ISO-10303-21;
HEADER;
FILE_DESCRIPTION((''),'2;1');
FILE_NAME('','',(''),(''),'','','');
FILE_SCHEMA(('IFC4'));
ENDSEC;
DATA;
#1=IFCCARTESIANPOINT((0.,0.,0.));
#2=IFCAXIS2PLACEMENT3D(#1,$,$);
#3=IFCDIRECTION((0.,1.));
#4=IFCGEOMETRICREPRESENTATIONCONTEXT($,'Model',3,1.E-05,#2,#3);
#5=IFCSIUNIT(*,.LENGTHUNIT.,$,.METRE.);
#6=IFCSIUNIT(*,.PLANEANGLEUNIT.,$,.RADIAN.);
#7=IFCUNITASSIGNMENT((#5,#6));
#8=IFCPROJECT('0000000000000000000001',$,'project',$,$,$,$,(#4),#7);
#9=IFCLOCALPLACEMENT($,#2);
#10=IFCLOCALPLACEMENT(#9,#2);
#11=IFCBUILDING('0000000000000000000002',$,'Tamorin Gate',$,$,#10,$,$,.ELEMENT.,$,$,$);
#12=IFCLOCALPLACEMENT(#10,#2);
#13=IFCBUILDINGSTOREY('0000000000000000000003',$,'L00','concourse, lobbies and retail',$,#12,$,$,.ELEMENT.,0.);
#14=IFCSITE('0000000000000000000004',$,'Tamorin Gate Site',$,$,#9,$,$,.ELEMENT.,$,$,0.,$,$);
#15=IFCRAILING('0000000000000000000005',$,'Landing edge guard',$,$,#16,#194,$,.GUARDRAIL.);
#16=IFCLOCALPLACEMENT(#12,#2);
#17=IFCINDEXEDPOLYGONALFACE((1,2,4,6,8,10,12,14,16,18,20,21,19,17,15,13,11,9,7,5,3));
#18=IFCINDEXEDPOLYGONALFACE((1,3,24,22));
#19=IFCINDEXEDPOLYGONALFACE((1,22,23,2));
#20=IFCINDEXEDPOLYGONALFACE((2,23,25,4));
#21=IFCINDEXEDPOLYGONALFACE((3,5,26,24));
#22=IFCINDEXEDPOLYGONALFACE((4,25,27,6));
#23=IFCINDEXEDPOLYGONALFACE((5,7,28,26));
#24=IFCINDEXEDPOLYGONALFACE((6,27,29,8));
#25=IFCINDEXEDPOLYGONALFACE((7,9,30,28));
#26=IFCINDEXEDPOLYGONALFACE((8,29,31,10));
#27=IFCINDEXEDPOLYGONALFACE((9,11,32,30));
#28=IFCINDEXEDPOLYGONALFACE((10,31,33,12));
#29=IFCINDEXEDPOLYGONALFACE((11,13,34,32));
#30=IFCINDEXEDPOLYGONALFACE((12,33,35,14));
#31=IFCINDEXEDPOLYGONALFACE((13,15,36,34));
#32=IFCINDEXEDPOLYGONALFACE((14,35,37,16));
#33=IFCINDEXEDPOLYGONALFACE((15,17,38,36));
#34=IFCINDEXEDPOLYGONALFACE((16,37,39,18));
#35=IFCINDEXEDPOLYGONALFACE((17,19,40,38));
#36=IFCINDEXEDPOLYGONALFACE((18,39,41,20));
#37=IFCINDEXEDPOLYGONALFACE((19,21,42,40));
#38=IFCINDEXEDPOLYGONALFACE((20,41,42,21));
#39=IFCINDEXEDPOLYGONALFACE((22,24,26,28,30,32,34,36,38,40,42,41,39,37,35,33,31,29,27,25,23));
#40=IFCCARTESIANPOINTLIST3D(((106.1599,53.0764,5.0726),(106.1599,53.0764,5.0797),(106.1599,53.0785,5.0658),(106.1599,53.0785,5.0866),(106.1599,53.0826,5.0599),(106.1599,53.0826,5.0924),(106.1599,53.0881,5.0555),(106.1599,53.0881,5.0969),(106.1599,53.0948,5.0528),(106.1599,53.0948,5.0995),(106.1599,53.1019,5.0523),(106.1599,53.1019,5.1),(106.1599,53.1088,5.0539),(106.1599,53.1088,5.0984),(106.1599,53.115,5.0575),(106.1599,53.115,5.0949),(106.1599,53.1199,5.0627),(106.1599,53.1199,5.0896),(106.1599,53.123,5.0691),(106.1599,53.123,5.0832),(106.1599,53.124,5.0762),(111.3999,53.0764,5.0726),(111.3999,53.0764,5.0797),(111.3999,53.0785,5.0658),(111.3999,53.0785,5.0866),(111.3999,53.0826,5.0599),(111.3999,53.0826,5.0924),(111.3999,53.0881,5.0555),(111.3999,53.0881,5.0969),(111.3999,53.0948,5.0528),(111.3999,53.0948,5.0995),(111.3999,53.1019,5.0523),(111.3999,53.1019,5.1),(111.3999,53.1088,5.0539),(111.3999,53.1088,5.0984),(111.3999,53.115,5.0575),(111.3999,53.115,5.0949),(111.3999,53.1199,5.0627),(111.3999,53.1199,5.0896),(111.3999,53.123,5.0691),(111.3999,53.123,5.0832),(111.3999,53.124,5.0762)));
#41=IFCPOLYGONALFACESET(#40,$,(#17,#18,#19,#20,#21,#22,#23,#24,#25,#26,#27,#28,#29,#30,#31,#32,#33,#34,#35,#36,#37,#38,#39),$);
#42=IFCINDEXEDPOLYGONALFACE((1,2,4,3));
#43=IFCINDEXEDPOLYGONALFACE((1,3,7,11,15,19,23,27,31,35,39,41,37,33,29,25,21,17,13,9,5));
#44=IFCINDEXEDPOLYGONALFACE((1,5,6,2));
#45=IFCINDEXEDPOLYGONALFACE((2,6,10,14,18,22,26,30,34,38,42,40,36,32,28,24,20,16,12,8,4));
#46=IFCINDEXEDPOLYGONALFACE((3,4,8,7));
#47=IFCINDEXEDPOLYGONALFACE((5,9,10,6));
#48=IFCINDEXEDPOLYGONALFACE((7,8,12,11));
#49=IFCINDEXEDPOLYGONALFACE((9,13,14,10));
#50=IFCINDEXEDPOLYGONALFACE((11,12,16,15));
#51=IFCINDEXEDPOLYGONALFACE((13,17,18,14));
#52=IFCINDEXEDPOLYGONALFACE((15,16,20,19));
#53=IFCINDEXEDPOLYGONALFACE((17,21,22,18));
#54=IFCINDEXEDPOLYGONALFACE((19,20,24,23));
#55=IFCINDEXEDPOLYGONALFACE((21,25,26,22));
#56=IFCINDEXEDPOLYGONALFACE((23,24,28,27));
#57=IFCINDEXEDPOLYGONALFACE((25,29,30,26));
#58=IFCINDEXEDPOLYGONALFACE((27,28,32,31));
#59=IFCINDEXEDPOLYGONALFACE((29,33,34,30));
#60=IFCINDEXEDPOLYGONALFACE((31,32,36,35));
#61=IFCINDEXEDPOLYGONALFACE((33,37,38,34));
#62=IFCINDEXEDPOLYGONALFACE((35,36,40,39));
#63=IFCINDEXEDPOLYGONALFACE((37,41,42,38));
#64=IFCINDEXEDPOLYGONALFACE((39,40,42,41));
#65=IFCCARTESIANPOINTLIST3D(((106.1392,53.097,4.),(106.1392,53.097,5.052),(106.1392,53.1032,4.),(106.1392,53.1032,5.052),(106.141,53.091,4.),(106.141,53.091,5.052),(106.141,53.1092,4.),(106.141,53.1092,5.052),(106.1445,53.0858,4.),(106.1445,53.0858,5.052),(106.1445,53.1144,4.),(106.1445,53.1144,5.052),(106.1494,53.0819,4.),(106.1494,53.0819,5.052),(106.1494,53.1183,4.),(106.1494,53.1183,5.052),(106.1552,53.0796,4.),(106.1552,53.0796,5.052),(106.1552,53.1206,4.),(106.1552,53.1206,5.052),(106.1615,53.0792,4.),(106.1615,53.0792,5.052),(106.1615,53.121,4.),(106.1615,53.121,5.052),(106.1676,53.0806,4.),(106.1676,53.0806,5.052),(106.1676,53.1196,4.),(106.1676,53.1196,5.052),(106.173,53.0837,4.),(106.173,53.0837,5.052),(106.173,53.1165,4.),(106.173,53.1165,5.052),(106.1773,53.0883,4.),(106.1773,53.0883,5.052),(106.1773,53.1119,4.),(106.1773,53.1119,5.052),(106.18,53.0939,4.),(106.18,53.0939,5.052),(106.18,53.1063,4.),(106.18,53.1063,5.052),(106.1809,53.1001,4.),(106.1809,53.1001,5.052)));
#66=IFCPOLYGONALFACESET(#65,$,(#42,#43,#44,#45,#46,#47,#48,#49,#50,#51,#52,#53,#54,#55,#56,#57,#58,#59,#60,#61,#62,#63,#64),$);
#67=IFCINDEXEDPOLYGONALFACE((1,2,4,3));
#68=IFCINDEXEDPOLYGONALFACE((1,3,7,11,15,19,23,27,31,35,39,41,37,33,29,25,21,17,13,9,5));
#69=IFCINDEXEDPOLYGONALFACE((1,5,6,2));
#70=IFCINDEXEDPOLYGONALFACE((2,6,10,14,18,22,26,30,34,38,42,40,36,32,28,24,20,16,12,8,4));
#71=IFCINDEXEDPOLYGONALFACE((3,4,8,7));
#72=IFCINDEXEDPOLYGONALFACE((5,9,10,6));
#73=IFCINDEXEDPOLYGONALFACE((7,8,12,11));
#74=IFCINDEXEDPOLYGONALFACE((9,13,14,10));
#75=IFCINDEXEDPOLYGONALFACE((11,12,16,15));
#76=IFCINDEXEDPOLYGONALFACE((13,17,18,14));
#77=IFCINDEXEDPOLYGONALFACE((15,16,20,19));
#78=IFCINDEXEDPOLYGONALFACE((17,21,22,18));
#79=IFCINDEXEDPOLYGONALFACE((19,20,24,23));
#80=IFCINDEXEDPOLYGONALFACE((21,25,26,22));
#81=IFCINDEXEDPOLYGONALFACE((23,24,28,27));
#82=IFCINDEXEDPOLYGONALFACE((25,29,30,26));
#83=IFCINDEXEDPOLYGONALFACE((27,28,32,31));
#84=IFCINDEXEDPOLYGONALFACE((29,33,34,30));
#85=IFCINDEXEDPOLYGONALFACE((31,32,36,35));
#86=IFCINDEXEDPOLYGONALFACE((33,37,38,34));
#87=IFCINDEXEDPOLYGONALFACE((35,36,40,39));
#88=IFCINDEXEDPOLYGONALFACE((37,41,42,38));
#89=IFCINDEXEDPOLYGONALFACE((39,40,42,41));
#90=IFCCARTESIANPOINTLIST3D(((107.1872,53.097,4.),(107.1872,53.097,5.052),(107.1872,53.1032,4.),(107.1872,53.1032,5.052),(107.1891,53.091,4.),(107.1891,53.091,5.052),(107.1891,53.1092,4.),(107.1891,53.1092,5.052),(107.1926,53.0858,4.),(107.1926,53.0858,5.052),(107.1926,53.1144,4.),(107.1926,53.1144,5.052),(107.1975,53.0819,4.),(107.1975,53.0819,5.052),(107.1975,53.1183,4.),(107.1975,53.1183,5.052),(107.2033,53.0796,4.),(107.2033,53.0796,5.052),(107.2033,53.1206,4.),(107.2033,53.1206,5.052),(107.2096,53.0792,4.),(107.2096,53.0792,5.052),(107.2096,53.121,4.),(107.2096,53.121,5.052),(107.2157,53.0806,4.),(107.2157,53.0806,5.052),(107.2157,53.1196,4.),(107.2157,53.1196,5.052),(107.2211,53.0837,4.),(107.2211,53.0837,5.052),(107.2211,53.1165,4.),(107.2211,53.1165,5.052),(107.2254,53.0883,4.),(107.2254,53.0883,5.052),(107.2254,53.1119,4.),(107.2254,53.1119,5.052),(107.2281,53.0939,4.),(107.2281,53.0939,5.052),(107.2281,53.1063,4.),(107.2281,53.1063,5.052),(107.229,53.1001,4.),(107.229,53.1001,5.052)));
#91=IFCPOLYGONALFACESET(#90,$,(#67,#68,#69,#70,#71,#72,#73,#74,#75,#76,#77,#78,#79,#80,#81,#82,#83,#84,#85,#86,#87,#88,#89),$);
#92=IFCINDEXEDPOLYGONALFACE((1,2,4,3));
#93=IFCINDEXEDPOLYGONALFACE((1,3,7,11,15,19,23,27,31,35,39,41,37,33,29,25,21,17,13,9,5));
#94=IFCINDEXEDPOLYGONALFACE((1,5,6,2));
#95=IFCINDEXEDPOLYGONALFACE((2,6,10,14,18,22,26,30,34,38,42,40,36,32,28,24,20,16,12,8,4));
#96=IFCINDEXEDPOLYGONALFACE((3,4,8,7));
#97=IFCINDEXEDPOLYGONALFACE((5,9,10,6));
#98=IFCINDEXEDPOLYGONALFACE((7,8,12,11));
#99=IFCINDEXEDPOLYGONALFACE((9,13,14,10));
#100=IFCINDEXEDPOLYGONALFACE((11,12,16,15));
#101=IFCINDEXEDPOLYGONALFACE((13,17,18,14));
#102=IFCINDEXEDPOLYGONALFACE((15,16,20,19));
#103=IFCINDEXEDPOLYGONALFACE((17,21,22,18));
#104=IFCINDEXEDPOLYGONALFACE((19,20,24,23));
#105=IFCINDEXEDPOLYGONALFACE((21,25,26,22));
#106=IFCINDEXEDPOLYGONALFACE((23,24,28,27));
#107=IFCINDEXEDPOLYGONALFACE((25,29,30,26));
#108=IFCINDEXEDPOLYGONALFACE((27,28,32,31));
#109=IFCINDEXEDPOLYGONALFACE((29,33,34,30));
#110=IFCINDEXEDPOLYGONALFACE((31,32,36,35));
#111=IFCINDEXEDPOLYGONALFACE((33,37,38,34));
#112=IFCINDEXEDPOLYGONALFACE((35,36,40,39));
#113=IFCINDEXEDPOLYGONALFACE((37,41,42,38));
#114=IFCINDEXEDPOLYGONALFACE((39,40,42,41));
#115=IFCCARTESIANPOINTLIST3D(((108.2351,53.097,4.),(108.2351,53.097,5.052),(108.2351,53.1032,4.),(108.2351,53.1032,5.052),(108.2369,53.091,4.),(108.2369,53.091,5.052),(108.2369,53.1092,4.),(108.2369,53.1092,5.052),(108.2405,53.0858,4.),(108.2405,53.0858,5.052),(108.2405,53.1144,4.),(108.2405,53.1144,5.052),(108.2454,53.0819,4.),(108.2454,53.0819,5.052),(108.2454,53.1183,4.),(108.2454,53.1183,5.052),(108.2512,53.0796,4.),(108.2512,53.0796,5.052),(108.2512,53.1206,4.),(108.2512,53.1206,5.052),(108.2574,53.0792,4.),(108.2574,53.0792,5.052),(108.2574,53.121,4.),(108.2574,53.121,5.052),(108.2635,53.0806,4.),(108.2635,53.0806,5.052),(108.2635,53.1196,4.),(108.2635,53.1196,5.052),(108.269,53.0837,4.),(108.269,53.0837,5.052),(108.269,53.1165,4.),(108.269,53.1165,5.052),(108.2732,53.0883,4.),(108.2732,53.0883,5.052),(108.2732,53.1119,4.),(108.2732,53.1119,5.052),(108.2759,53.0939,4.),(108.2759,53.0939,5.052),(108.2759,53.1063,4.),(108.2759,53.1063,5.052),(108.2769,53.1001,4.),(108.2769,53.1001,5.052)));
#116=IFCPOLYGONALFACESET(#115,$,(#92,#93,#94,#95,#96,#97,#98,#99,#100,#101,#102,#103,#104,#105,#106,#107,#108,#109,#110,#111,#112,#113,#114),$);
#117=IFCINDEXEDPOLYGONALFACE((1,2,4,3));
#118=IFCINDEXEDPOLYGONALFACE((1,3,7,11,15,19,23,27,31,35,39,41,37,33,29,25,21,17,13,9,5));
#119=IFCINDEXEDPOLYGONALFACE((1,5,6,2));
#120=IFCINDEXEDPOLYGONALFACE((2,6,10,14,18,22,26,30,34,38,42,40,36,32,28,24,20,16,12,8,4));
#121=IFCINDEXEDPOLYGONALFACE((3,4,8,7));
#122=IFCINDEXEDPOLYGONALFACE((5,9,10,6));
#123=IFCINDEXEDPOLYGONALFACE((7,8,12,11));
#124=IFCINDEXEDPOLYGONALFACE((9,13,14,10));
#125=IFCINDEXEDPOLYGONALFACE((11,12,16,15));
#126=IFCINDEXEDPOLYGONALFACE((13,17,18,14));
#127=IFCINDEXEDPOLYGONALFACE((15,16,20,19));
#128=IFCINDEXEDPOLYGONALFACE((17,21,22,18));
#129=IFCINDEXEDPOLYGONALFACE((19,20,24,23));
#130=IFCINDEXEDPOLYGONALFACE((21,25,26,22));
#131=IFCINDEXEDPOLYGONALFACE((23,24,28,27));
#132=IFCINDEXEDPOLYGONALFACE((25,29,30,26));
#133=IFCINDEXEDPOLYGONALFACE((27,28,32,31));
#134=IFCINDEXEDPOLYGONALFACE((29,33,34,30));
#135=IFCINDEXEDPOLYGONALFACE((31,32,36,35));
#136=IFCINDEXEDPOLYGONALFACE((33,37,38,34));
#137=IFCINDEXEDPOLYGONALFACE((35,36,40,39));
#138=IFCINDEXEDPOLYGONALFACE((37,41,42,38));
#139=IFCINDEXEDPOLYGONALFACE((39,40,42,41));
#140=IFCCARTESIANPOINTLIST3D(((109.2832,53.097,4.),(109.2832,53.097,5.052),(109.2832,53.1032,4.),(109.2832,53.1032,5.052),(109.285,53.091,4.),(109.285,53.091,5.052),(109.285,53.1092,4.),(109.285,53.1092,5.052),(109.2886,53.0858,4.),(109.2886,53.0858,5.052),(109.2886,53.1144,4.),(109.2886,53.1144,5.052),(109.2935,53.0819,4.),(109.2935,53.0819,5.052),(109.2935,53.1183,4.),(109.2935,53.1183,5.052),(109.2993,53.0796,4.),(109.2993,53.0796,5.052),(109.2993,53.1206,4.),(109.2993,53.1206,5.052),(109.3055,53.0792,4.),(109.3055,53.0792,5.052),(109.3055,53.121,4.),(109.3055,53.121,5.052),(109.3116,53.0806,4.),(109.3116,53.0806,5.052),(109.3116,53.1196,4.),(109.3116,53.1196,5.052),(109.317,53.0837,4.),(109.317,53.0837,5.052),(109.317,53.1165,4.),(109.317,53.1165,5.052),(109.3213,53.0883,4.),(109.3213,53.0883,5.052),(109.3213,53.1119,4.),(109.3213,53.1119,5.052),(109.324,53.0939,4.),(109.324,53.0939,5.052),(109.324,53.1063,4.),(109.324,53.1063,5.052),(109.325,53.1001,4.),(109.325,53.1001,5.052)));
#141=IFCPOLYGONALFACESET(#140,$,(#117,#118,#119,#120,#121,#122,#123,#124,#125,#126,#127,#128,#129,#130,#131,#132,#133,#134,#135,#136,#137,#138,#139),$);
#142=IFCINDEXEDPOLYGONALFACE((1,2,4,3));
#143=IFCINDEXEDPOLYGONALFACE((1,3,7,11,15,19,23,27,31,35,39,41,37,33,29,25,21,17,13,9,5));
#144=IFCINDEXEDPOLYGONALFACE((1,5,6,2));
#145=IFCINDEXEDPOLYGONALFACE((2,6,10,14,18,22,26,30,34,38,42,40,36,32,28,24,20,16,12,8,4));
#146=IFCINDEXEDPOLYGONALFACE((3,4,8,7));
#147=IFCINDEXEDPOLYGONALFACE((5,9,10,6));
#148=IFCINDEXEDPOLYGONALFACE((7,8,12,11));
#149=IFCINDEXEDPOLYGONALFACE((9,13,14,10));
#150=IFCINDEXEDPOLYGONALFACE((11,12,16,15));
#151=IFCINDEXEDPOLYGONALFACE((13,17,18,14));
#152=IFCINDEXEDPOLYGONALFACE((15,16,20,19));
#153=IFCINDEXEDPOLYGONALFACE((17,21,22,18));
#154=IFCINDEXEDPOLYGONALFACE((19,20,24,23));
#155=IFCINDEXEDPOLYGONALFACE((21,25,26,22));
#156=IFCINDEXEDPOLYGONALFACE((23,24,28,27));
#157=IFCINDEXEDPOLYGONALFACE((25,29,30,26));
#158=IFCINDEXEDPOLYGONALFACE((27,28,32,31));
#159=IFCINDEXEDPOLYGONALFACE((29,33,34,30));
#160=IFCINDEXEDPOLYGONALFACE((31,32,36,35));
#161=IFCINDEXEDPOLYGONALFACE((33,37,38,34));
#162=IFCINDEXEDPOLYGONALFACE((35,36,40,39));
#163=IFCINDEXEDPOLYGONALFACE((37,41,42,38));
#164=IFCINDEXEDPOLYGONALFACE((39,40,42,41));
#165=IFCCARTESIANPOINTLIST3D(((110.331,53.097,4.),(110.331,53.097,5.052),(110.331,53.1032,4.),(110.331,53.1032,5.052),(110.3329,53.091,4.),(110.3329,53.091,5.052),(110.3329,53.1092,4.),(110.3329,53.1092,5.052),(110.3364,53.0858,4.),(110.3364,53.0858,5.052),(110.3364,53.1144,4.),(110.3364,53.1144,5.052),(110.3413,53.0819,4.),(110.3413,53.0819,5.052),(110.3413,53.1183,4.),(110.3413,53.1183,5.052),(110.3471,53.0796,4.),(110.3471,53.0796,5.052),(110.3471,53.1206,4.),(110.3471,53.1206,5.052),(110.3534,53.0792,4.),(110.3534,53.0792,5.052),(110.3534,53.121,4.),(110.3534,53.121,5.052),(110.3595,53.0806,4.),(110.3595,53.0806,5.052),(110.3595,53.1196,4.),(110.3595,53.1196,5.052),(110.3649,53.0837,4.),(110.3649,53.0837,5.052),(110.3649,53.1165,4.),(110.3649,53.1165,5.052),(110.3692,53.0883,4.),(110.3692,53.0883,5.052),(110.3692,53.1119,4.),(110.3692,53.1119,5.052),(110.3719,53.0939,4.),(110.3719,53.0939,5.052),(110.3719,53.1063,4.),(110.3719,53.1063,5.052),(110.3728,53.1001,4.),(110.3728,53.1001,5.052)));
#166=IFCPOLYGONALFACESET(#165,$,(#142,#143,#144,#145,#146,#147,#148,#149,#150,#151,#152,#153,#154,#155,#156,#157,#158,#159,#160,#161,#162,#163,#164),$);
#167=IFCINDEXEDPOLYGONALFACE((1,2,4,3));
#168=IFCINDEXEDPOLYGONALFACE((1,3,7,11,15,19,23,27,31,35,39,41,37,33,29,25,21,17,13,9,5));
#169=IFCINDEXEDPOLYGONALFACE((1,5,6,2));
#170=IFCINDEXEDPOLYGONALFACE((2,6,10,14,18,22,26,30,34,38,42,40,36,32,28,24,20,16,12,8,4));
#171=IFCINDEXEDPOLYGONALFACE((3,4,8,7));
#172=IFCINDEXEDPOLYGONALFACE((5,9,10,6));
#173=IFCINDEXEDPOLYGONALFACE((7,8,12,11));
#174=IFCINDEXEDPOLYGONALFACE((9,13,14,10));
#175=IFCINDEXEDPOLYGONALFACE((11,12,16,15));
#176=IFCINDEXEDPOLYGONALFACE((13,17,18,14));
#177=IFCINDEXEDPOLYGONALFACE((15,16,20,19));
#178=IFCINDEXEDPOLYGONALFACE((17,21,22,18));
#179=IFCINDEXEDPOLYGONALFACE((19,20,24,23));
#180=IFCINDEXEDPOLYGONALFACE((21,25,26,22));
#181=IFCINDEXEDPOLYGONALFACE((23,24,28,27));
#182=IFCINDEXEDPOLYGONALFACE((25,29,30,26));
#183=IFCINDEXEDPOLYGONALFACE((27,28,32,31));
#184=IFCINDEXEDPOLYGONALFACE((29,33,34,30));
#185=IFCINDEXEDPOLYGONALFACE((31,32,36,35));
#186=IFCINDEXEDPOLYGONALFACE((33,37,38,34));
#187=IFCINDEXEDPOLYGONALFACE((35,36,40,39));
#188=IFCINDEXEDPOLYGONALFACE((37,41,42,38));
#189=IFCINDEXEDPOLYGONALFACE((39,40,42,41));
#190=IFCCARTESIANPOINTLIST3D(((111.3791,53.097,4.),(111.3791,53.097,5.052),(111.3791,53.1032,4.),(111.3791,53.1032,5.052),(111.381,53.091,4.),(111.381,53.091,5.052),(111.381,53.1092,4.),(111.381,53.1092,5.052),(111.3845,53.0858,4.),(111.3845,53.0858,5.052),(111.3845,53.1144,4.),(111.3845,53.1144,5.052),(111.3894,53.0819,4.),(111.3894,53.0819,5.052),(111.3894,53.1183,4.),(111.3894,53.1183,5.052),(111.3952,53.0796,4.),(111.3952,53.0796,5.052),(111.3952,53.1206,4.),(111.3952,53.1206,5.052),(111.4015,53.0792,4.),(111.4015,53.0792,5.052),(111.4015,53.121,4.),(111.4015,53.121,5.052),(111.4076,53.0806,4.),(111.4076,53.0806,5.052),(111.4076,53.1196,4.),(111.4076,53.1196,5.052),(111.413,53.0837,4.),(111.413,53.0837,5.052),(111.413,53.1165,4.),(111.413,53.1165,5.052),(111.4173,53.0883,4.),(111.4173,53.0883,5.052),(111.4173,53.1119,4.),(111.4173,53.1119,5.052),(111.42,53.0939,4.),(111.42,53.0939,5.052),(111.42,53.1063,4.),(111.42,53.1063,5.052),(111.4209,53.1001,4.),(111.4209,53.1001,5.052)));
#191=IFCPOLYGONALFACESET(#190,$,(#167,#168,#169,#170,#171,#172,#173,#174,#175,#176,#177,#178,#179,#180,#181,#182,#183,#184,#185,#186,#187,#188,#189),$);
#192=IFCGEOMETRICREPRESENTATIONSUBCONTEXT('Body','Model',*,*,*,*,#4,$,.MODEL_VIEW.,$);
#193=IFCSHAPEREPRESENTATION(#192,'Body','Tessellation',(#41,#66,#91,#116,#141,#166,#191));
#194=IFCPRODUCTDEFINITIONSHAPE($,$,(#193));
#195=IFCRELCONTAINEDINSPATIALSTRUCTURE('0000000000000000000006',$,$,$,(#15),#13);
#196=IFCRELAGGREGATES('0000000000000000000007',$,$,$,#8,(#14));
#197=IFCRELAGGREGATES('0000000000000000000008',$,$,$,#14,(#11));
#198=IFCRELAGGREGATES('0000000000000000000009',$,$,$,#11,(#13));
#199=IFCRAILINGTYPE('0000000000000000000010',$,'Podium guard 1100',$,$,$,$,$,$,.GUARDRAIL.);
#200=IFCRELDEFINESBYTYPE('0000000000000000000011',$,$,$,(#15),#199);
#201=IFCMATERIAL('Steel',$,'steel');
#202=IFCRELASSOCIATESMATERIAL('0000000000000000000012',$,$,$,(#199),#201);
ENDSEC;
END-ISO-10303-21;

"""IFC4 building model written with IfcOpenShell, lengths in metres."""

from ifc_helpers import new_model, si_unit, direction, frame, origin, origin_2d, place, context, subcontext, project, spatial, circle, extrude, material, type_object, element, save


model = new_model("IFC4")

# Units and contexts
model_context = context("Model", 3, precision=1e-05, world=origin(), true_north=direction((0.0, 1.0)))
body_context = subcontext(model_context, "Body", "Model", "MODEL_VIEW")
ifc_project = project(units=[si_unit("LENGTHUNIT", "METRE"), si_unit("PLANEANGLEUNIT", "RADIAN")], contexts=[model_context])

# Site, building, storey
site_placement = place(None, origin())
site = spatial("IfcSite", under=ifc_project, at=site_placement, Name="Tamorin Gate Site", CompositionType="ELEMENT", RefElevation=0.0)
building_placement = place(site_placement, origin())
building = spatial("IfcBuilding", under=site, at=building_placement, Name="Tamorin Gate", CompositionType="ELEMENT")
storey_placement = place(building_placement, origin())
storey = spatial("IfcBuildingStorey", under=building, at=storey_placement, Name="L00", Description="concourse, lobbies and retail", CompositionType="ELEMENT", Elevation=0.0)

# Railing
ifc_material_1 = material(Name="Steel", Category="steel")
railing_type_1 = type_object("IfcRailingType", Name="Podium guard 1100", PredefinedType="GUARDRAIL", material=ifc_material_1)
for number, where, name in (
    (1, (106.1599, 53.1001, 4.0), "Landing edge guard"),
):
    element("IfcRailing", number, at=place(storey_placement, frame(where)), inside=storey, type_object=railing_type_1, Name=name, PredefinedType="GUARDRAIL", context=body_context, shape_type="SweptSolid", body=[
        extrude(circle(Radius=0.0239, at=origin_2d()), frame((0.0, 0.0, 1.0762), z_axis=(1.0, 0.0, 0.0), x_axis=(0.0, 1.0, 0.0)), (0.0, 0.0, 1.0), 5.24),
        extrude(circle(Radius=0.021, at=origin_2d()), origin(), (0.0, 0.0, 1.0), 1.052),
        extrude(circle(Radius=0.021, at=origin_2d()), frame((1.0481, 0.0, 0.0)), (0.0, 0.0, 1.0), 1.052),
        extrude(circle(Radius=0.021, at=origin_2d()), frame((2.0959, 0.0, 0.0)), (0.0, 0.0, 1.0), 1.052),
        extrude(circle(Radius=0.021, at=origin_2d()), frame((3.144, 0.0, 0.0)), (0.0, 0.0, 1.0), 1.052),
        extrude(circle(Radius=0.021, at=origin_2d()), frame((4.1919, 0.0, 0.0)), (0.0, 0.0, 1.0), 1.052),
        extrude(circle(Radius=0.021, at=origin_2d()), frame((5.24, 0.0, 0.0)), (0.0, 0.0, 1.0), 1.052),
    ])

save(model, "model.ifc")
